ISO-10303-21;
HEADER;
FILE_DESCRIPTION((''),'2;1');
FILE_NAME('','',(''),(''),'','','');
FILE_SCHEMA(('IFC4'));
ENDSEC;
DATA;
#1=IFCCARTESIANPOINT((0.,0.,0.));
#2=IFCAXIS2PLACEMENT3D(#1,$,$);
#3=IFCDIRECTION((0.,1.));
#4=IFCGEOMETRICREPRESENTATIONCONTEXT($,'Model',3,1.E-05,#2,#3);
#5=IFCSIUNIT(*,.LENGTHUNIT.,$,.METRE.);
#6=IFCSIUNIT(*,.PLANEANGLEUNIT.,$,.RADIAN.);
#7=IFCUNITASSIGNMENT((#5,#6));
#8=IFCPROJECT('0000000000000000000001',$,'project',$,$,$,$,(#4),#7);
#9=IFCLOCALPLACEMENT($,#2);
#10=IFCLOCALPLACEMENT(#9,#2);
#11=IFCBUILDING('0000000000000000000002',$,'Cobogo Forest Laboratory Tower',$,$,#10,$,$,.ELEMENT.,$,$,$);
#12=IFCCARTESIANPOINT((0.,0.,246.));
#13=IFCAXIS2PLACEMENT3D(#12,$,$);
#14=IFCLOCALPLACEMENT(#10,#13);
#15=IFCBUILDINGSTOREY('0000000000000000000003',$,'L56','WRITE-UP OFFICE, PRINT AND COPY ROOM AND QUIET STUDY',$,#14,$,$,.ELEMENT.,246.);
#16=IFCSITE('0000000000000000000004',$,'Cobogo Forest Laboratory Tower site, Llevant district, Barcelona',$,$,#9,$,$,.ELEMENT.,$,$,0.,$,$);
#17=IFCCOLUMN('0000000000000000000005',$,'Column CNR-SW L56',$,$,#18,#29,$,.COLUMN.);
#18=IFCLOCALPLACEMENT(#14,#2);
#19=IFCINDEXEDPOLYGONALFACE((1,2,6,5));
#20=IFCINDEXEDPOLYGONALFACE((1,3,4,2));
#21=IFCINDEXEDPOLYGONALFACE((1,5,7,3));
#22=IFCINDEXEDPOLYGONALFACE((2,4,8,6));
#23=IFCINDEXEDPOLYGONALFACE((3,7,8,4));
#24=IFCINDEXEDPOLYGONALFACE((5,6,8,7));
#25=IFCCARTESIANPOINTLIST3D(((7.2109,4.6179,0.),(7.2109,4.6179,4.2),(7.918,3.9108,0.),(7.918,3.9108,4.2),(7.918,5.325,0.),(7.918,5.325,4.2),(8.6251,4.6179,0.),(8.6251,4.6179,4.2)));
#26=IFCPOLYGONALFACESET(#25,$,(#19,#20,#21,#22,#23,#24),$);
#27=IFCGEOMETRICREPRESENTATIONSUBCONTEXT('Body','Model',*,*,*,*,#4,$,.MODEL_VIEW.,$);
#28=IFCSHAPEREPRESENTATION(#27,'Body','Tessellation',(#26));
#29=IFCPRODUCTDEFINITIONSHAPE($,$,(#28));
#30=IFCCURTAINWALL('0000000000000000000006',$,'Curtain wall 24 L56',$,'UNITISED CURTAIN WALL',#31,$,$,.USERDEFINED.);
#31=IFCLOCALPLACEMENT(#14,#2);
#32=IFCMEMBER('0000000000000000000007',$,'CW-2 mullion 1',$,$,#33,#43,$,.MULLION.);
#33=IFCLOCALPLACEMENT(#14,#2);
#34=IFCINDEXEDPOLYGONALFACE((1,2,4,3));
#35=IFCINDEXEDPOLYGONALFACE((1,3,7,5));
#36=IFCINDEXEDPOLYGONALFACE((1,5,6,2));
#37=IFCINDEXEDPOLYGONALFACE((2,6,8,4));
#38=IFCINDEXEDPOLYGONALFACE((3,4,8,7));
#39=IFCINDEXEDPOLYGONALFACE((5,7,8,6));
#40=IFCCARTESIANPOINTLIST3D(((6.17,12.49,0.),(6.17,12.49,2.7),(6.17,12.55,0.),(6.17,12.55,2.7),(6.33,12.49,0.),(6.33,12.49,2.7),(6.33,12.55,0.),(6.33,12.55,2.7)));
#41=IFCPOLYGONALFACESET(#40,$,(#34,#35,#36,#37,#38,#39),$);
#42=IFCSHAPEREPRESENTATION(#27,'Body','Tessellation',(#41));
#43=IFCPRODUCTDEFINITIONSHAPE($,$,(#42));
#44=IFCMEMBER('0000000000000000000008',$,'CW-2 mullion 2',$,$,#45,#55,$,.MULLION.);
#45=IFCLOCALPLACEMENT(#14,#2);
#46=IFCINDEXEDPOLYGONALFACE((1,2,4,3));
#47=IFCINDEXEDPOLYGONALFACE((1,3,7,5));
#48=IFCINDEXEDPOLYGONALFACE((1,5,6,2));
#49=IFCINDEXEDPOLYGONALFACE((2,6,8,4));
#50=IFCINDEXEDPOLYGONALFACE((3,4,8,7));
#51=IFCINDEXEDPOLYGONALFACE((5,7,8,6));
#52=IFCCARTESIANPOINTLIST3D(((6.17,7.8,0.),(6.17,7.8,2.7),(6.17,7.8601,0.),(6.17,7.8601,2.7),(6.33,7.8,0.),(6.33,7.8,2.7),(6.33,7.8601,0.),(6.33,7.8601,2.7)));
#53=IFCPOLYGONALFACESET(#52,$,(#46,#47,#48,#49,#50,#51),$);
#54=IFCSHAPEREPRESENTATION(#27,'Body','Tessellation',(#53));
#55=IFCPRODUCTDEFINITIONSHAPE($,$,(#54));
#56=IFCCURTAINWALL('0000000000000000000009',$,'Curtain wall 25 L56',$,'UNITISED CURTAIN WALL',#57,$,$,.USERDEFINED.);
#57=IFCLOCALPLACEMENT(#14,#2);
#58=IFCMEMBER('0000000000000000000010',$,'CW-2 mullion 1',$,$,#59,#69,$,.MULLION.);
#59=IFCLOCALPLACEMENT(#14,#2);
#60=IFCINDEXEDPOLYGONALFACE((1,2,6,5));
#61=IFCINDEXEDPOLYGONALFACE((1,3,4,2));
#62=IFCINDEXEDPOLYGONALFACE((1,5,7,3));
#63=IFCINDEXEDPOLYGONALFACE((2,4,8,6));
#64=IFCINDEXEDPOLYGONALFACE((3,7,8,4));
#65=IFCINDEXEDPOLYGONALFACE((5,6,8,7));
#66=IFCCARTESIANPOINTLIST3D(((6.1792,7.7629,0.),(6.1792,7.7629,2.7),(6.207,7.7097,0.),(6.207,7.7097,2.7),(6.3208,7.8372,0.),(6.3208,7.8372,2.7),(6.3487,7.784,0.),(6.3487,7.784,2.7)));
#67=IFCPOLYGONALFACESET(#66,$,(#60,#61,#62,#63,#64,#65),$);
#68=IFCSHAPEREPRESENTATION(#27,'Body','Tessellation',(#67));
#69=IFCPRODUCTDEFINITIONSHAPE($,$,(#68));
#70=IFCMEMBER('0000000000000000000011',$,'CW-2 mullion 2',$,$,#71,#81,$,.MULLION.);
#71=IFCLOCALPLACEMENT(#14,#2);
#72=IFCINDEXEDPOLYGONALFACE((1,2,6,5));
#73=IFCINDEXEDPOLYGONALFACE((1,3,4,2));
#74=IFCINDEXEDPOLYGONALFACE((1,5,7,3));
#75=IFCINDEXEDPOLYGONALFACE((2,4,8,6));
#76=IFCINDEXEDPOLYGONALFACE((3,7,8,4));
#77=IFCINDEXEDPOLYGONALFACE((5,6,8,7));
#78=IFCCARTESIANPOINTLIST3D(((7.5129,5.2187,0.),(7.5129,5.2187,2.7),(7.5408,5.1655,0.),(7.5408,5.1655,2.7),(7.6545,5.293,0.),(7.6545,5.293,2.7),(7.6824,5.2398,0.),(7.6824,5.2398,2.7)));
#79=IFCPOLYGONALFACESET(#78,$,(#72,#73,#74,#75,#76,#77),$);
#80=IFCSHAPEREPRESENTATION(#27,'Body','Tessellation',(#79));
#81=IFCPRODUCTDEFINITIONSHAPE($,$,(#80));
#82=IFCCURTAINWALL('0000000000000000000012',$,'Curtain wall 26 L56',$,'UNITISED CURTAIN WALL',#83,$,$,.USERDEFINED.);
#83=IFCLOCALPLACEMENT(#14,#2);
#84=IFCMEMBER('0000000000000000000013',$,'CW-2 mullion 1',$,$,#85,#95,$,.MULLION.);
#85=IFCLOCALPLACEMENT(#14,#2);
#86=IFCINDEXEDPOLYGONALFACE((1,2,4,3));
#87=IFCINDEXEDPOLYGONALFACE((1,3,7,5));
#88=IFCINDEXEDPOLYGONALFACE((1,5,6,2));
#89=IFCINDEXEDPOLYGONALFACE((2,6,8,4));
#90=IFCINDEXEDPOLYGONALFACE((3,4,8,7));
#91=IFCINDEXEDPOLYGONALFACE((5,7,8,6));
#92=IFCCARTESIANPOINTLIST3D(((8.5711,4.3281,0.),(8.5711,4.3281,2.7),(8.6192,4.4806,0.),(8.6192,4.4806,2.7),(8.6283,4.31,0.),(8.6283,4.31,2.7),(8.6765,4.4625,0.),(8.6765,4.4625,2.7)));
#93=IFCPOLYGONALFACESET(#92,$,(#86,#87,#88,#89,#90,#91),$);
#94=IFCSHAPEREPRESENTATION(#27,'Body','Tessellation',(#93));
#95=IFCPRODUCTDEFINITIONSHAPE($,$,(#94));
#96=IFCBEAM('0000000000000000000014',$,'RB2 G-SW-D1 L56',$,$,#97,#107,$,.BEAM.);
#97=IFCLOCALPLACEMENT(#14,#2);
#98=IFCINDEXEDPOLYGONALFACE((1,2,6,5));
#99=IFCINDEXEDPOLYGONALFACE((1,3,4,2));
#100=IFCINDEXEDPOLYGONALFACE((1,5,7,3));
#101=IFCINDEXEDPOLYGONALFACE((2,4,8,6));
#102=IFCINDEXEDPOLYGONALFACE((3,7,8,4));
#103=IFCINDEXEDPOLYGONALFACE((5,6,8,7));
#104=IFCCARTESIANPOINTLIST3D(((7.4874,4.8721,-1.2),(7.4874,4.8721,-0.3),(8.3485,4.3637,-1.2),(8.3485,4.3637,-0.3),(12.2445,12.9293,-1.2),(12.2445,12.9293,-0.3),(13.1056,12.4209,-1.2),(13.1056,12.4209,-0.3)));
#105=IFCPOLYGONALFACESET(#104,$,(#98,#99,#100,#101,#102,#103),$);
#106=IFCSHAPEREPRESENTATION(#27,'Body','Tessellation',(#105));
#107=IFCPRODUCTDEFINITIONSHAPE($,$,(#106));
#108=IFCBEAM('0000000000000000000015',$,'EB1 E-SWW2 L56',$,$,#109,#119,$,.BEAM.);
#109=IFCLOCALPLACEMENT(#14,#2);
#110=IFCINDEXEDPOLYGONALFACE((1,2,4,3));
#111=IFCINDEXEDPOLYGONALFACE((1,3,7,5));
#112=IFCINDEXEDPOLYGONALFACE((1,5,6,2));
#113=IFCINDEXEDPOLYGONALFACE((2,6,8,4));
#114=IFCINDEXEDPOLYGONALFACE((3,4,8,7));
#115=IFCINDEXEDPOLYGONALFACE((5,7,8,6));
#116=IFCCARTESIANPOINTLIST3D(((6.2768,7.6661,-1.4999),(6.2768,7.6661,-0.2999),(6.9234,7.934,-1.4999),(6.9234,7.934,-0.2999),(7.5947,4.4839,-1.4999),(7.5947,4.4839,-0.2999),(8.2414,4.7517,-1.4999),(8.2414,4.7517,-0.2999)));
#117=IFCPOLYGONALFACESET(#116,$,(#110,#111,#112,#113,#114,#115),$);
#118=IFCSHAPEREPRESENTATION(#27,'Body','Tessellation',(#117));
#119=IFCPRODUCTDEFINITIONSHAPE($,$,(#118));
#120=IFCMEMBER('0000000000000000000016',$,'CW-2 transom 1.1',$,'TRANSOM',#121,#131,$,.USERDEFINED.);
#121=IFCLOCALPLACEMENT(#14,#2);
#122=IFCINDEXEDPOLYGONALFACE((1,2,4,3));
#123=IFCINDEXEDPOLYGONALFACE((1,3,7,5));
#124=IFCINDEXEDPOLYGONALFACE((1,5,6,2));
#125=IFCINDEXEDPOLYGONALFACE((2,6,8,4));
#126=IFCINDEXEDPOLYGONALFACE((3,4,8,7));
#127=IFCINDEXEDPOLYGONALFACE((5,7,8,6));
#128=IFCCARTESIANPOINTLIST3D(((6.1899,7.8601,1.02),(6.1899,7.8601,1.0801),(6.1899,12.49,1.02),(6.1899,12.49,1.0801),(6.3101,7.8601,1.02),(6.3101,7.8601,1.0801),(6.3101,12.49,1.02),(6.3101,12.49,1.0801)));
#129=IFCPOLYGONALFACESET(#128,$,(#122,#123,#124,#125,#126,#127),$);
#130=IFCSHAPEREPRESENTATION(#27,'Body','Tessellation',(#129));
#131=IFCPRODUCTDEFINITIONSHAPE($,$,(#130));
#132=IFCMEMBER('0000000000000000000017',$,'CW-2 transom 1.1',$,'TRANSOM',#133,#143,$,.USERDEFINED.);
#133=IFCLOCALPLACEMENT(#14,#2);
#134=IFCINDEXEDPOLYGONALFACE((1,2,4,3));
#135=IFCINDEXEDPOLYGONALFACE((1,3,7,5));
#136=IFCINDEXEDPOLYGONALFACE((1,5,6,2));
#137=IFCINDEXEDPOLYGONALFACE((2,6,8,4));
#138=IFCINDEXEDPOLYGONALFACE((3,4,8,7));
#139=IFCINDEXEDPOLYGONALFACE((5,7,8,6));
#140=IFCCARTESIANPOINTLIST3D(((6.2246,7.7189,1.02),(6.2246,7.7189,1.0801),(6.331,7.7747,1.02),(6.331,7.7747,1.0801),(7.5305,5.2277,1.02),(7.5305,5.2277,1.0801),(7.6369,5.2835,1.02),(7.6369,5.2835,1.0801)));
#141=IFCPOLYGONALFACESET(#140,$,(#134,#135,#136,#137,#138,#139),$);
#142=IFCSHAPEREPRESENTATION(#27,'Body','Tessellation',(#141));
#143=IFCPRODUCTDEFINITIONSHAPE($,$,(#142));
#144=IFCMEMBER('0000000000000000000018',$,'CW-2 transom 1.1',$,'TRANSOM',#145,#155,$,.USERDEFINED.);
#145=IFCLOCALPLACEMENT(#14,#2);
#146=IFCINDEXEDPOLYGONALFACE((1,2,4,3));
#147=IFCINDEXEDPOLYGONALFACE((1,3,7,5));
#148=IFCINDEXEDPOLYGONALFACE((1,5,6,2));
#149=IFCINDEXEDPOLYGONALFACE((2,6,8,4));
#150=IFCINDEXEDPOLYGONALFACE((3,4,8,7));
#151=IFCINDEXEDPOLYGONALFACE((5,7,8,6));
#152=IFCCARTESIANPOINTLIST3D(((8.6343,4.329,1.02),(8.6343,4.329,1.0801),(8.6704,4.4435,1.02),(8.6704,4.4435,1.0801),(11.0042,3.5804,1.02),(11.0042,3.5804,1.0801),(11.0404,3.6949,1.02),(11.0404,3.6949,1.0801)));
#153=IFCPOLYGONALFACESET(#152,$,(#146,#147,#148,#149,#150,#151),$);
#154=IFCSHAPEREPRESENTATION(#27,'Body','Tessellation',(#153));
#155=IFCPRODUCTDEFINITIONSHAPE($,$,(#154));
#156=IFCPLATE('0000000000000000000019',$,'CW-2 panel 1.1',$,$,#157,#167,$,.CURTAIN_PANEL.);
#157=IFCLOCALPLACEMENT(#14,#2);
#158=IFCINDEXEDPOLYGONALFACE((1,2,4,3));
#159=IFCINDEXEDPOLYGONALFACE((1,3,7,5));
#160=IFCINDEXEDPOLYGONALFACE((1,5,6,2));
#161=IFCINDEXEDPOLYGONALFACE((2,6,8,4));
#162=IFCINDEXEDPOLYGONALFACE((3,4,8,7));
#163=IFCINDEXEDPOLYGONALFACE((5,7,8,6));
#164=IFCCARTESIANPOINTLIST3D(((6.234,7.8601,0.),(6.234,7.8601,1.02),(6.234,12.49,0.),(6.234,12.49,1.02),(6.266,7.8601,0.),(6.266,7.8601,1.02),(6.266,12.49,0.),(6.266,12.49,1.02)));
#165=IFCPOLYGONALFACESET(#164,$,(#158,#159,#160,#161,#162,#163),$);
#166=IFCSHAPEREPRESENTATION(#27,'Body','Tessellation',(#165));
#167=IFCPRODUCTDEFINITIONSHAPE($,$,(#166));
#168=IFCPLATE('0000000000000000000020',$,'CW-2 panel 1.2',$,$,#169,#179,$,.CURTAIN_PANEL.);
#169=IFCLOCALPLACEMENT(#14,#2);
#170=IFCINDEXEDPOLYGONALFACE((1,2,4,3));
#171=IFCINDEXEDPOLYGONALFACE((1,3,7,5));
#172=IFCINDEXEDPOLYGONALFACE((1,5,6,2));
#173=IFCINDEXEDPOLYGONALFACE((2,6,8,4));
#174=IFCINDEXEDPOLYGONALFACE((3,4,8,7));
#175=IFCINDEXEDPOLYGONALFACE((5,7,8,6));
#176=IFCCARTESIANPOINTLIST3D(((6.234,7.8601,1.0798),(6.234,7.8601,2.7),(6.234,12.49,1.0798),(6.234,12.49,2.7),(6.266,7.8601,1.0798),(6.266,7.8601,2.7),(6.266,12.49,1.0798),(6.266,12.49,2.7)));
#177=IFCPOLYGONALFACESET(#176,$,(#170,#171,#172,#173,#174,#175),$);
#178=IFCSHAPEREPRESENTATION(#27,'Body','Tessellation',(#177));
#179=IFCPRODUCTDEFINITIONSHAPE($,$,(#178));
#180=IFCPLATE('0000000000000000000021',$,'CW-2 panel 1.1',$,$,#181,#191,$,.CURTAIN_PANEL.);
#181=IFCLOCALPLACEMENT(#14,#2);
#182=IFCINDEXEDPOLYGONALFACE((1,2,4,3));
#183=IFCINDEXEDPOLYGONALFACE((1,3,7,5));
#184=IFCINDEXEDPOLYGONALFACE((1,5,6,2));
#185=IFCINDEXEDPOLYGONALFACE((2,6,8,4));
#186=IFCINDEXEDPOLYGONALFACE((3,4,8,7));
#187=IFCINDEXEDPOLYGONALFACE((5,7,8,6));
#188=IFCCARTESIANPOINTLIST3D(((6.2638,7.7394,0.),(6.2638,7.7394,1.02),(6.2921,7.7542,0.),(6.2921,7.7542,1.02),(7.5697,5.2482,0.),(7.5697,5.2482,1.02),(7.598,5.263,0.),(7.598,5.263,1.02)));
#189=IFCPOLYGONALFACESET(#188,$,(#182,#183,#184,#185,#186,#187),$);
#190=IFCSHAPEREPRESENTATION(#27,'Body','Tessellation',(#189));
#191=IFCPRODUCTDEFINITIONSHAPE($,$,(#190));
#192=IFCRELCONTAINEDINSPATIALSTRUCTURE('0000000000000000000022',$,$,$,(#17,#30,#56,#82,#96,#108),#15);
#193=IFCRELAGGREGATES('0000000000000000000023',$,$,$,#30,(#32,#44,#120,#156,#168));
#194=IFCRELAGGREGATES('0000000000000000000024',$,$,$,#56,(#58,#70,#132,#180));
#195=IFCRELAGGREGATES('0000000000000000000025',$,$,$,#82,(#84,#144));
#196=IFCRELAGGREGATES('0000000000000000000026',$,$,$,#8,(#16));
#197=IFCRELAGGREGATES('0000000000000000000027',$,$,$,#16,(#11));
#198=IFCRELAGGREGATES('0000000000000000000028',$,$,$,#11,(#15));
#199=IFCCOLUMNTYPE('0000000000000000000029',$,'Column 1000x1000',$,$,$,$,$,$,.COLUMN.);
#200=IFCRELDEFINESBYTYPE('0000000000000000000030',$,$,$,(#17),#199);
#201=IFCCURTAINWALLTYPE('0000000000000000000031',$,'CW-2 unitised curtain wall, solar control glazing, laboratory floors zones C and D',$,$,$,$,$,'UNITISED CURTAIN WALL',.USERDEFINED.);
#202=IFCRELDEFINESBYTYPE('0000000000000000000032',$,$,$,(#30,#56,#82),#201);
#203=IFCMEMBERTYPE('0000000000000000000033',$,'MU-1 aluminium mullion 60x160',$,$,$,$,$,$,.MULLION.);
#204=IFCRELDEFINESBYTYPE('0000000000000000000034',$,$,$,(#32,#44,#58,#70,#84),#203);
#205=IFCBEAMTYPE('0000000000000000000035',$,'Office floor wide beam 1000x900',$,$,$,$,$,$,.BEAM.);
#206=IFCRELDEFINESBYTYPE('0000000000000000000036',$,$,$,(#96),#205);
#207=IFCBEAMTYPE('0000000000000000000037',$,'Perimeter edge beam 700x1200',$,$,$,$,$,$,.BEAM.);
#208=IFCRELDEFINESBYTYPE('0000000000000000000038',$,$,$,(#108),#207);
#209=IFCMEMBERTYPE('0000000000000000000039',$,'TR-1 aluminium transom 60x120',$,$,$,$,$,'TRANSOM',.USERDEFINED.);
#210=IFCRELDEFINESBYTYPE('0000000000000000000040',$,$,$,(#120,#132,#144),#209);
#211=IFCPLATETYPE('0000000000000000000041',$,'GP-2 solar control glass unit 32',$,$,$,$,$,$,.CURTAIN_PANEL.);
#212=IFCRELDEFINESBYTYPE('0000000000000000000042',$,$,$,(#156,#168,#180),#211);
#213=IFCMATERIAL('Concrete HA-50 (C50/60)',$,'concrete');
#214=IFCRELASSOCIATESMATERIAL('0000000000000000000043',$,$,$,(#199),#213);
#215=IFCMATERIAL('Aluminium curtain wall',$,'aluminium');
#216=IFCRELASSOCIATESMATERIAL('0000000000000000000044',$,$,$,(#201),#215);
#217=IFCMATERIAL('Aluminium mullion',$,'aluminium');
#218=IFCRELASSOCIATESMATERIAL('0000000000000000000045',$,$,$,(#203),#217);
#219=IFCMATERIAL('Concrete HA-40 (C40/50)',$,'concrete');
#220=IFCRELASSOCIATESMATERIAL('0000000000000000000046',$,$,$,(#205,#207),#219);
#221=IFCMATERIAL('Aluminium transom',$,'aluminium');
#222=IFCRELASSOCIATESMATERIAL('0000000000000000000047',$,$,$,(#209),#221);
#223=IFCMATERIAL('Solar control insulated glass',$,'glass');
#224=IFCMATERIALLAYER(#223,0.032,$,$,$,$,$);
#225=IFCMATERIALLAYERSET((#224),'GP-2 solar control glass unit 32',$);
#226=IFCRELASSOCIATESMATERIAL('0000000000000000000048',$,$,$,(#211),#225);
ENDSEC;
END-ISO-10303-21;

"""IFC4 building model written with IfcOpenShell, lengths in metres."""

from ifc_helpers import new_model, si_unit, direction, frame, origin, origin_2d, place, context, subcontext, project, spatial, rectangle, extrude, material, layer, layer_set, material_profile, profile_set, type_object, element, aggregate, save


model = new_model("IFC4")

# Units and contexts
model_context = context("Model", 3, precision=1e-05, world=origin(), true_north=direction((0.0, 1.0)))
body_context = subcontext(model_context, "Body", "Model", "MODEL_VIEW")
ifc_project = project(units=[si_unit("LENGTHUNIT", "METRE"), si_unit("PLANEANGLEUNIT", "RADIAN")], contexts=[model_context])

# Site, building, storey
site_placement = place(None, origin())
site = spatial("IfcSite", under=ifc_project, at=site_placement, Name="Cobogo Forest Laboratory Tower site, Llevant district, Barcelona", CompositionType="ELEMENT", RefElevation=0.0)
building_placement = place(site_placement, origin())
building = spatial("IfcBuilding", under=site, at=building_placement, Name="Cobogo Forest Laboratory Tower", CompositionType="ELEMENT")
storey_placement = place(building_placement, frame((0.0, 0.0, 246.0)))
storey = spatial("IfcBuildingStorey", under=building, at=storey_placement, Name="L56", Description="WRITE-UP OFFICE, PRINT AND COPY ROOM AND QUIET STUDY", CompositionType="ELEMENT", Elevation=246.0)

# Column
ifc_material_1 = material(Name="Concrete HA-50 (C50/60)", Category="concrete")
ifc_material_profile_1 = material_profile(ifc_material_1, rectangle(XDim=1.0, YDim=1.0, at=origin_2d()), Name="RC 1000x1000")
ifc_profile_set_1 = profile_set([ifc_material_profile_1], Name="Concrete HA-50 (C50/60)")
column_type = type_object("IfcColumnType", Name="Column 1000x1000", PredefinedType="COLUMN", material=ifc_profile_set_1)
column_placement = place(storey_placement, frame((7.918, 4.6179, 0.0), z_axis=(0.0, 0.0, 1.0), x_axis=(0.707107, 0.707107, 0.0)))
element("IfcColumn", 1, at=column_placement, inside=storey, type_object=column_type, Name="Column CNR-SW L56", PredefinedType="COLUMN", context=body_context, shape_type="SweptSolid", body=[
    extrude(rectangle(XDim=1.0, YDim=1.0, at=origin_2d()), origin(), (0.0, 0.0, 1.0), 4.2),
])

# Curtain walls, members
ifc_material_2 = material(Name="Aluminium curtain wall", Category="aluminium")
curtain_wall_type = type_object("IfcCurtainWallType", Name="CW-2 unitised curtain wall, solar control glazing, laboratory floors zones C and D", ElementType="UNITISED CURTAIN WALL", PredefinedType="USERDEFINED", material=ifc_material_2)
curtain_wall_1_placement = place(storey_placement, origin())
curtain_wall_1 = element("IfcCurtainWall", 2, at=curtain_wall_1_placement, inside=storey, type_object=curtain_wall_type, Name="Curtain wall 24 L56", ObjectType="UNITISED CURTAIN WALL", PredefinedType="USERDEFINED")
ifc_material_3 = material(Name="Aluminium mullion", Category="aluminium")
ifc_material_profile_2 = material_profile(ifc_material_3, rectangle(XDim=0.0601, YDim=0.1599, at=origin_2d()), Name="AL 60x160")
ifc_profile_set_2 = profile_set([ifc_material_profile_2], Name="Aluminium mullion")
member_type_1 = type_object("IfcMemberType", Name="MU-1 aluminium mullion 60x160", PredefinedType="MULLION", material=ifc_profile_set_2)
member_1_placement = place(storey_placement, frame((6.25, 12.52, 0.0), z_axis=(0.0, 0.0, 1.0), x_axis=(0.0, -1.0, 0.0)))
member_1 = element("IfcMember", 3, at=member_1_placement, type_object=member_type_1, Name="CW-2 mullion 1", PredefinedType="MULLION", context=body_context, shape_type="SweptSolid", body=[
    extrude(rectangle(XDim=0.0601, YDim=0.1599, at=origin_2d()), origin(), (0.0, 0.0, 1.0), 2.7),
])
member_2_placement = place(storey_placement, frame((6.25, 7.8301, 0.0), z_axis=(0.0, 0.0, 1.0), x_axis=(0.0, -1.0, 0.0)))
member_2 = element("IfcMember", 4, at=member_2_placement, type_object=member_type_1, Name="CW-2 mullion 2", PredefinedType="MULLION", context=body_context, shape_type="SweptSolid", body=[
    extrude(rectangle(XDim=0.0601, YDim=0.1599, at=origin_2d()), origin(), (0.0, 0.0, 1.0), 2.7),
])
curtain_wall_2_placement = place(storey_placement, origin())
curtain_wall_2 = element("IfcCurtainWall", 5, at=curtain_wall_2_placement, inside=storey, type_object=curtain_wall_type, Name="Curtain wall 25 L56", ObjectType="UNITISED CURTAIN WALL", PredefinedType="USERDEFINED")
member_3_placement = place(storey_placement, frame((6.2639, 7.7734, 0.0), z_axis=(0.0, 0.0, 1.0), x_axis=(0.464284, -0.885686, 0.0)))
member_3 = element("IfcMember", 6, at=member_3_placement, type_object=member_type_1, Name="CW-2 mullion 1", PredefinedType="MULLION", context=body_context, shape_type="SweptSolid", body=[
    extrude(rectangle(XDim=0.0601, YDim=0.1599, at=origin_2d()), origin(), (0.0, 0.0, 1.0), 2.7),
])
member_4_placement = place(storey_placement, frame((7.5977, 5.2292, 0.0), z_axis=(0.0, 0.0, 1.0), x_axis=(0.464284, -0.885686, 0.0)))
member_4 = element("IfcMember", 7, at=member_4_placement, type_object=member_type_1, Name="CW-2 mullion 2", PredefinedType="MULLION", context=body_context, shape_type="SweptSolid", body=[
    extrude(rectangle(XDim=0.0601, YDim=0.1599, at=origin_2d()), origin(), (0.0, 0.0, 1.0), 2.7),
])

# Curtain wall, member
curtain_wall_3_placement = place(storey_placement, origin())
curtain_wall_3 = element("IfcCurtainWall", 8, at=curtain_wall_3_placement, inside=storey, type_object=curtain_wall_type, Name="Curtain wall 26 L56", ObjectType="UNITISED CURTAIN WALL", PredefinedType="USERDEFINED")
member_5_placement = place(storey_placement, frame((8.6238, 4.3953, 0.0), z_axis=(0.0, 0.0, 1.0), x_axis=(0.953581, -0.301135, 0.0)))
member_5 = element("IfcMember", 9, at=member_5_placement, type_object=member_type_1, Name="CW-2 mullion 1", PredefinedType="MULLION", context=body_context, shape_type="SweptSolid", body=[
    extrude(rectangle(XDim=0.0601, YDim=0.1599, at=origin_2d()), origin(), (0.0, 0.0, 1.0), 2.7),
])

# Beams
ifc_material_4 = material(Name="Concrete HA-40 (C40/50)", Category="concrete")
ifc_material_profile_3 = material_profile(ifc_material_4, rectangle(XDim=1.0, YDim=0.8999, at=origin_2d()), Name="RC 1000x900")
ifc_profile_set_3 = profile_set([ifc_material_profile_3], Name="Concrete HA-40 (C40/50)")
beam_type_1 = type_object("IfcBeamType", Name="Office floor wide beam 1000x900", PredefinedType="BEAM", material=ifc_profile_set_3)
beam_1_placement = place(storey_placement, frame((7.918, 4.6179, -0.75), z_axis=(0.508416, 0.861111, 0.0), x_axis=(-0.861111, 0.508416, 0.0)))
element("IfcBeam", 10, at=beam_1_placement, inside=storey, type_object=beam_type_1, Name="RB2 G-SW-D1 L56", PredefinedType="BEAM", context=body_context, shape_type="SweptSolid", body=[
    extrude(rectangle(XDim=1.0, YDim=0.8999, at=origin_2d()), origin(), (0.0, 0.0, 1.0), 9.3567),
])
ifc_material_profile_4 = material_profile(ifc_material_4, rectangle(XDim=0.7, YDim=1.2, at=origin_2d()), Name="RC 700x1200")
ifc_profile_set_4 = profile_set([ifc_material_profile_4], Name="Concrete HA-40 (C40/50)")
beam_type_2 = type_object("IfcBeamType", Name="Perimeter edge beam 700x1200", PredefinedType="BEAM", material=ifc_profile_set_4)
beam_2_placement = place(storey_placement, frame((6.6001, 7.8, -0.8999), z_axis=(0.382631, -0.923901, 0.0), x_axis=(0.923901, 0.382631, 0.0)))
element("IfcBeam", 11, at=beam_2_placement, inside=storey, type_object=beam_type_2, Name="EB1 E-SWW2 L56", PredefinedType="BEAM", context=body_context, shape_type="SweptSolid", body=[
    extrude(rectangle(XDim=0.7, YDim=1.2, at=origin_2d()), origin(), (0.0, 0.0, 1.0), 3.4443),
])

# Members
ifc_material_5 = material(Name="Aluminium transom", Category="aluminium")
ifc_material_profile_5 = material_profile(ifc_material_5, rectangle(XDim=0.1201, YDim=0.0601, at=origin_2d()), Name="AL 60x120")
ifc_profile_set_5 = profile_set([ifc_material_profile_5], Name="Aluminium transom")
member_type_2 = type_object("IfcMemberType", Name="TR-1 aluminium transom 60x120", ElementType="TRANSOM", PredefinedType="USERDEFINED", material=ifc_profile_set_5)
member_6_placement = place(storey_placement, frame((6.25, 12.49, 1.05), z_axis=(0.0, -1.0, 0.0), x_axis=(1.0, 0.0, 0.0)))
member_6 = element("IfcMember", 12, at=member_6_placement, type_object=member_type_2, Name="CW-2 transom 1.1", ObjectType="TRANSOM", PredefinedType="USERDEFINED", context=body_context, shape_type="SweptSolid", body=[
    extrude(rectangle(XDim=0.1201, YDim=0.0601, at=origin_2d()), origin(), (0.0, 0.0, 1.0), 4.6299),
])
member_7_placement = place(storey_placement, frame((6.2778, 7.7468, 1.05), z_axis=(0.464283, -0.885687, 0.0), x_axis=(0.885687, 0.464283, 0.0)))
member_7 = element("IfcMember", 13, at=member_7_placement, type_object=member_type_2, Name="CW-2 transom 1.1", ObjectType="TRANSOM", PredefinedType="USERDEFINED", context=body_context, shape_type="SweptSolid", body=[
    extrude(rectangle(XDim=0.1201, YDim=0.0601, at=origin_2d()), origin(), (0.0, 0.0, 1.0), 2.8127),
])
member_8_placement = place(storey_placement, frame((8.6523, 4.3862, 1.05), z_axis=(0.953565, -0.301188, 0.0), x_axis=(0.301188, 0.953565, 0.0)))
member_8 = element("IfcMember", 14, at=member_8_placement, type_object=member_type_2, Name="CW-2 transom 1.1", ObjectType="TRANSOM", PredefinedType="USERDEFINED", context=body_context, shape_type="SweptSolid", body=[
    extrude(rectangle(XDim=0.1201, YDim=0.0601, at=origin_2d()), origin(), (0.0, 0.0, 1.0), 2.4854),
])

# Plates
ifc_material_6 = material(Name="Solar control insulated glass", Category="glass")
ifc_layer_1 = layer(ifc_material_6, 0.032)
ifc_layer_set_1 = layer_set([ifc_layer_1], Name="GP-2 solar control glass unit 32")
plate_type = type_object("IfcPlateType", Name="GP-2 solar control glass unit 32", PredefinedType="CURTAIN_PANEL", material=ifc_layer_set_1)
plate_1_placement = place(storey_placement, frame((6.25, 10.175, 0.0), z_axis=(0.0, 0.0, 1.0), x_axis=(0.0, -1.0, 0.0)))
plate_1 = element("IfcPlate", 15, at=plate_1_placement, type_object=plate_type, Name="CW-2 panel 1.1", PredefinedType="CURTAIN_PANEL", context=body_context, shape_type="SweptSolid", body=[
    extrude(rectangle(XDim=4.6299, YDim=0.032, at=origin_2d()), origin(), (0.0, 0.0, 1.0), 1.02),
])
plate_2_placement = place(storey_placement, frame((6.25, 10.175, 1.0798), z_axis=(0.0, 0.0, 1.0), x_axis=(0.0, -1.0, 0.0)))
plate_2 = element("IfcPlate", 16, at=plate_2_placement, type_object=plate_type, Name="CW-2 panel 1.2", PredefinedType="CURTAIN_PANEL", context=body_context, shape_type="SweptSolid", body=[
    extrude(rectangle(XDim=4.6299, YDim=0.032, at=origin_2d()), origin(), (0.0, 0.0, 1.0), 1.6201),
])
aggregate(curtain_wall_1, [member_1, member_2, member_6, plate_1, plate_2])
plate_3_placement = place(storey_placement, frame((6.9309, 6.5012, 0.0), z_axis=(0.0, 0.0, 1.0), x_axis=(0.464284, -0.885686, 0.0)))
plate_3 = element("IfcPlate", 17, at=plate_3_placement, type_object=plate_type, Name="CW-2 panel 1.1", PredefinedType="CURTAIN_PANEL", context=body_context, shape_type="SweptSolid", body=[
    extrude(rectangle(XDim=2.8127, YDim=0.032, at=origin_2d()), origin(), (0.0, 0.0, 1.0), 1.02),
])
aggregate(curtain_wall_2, [member_3, member_4, member_7, plate_3])
aggregate(curtain_wall_3, [member_5, member_8])

save(model, "model.ifc")
